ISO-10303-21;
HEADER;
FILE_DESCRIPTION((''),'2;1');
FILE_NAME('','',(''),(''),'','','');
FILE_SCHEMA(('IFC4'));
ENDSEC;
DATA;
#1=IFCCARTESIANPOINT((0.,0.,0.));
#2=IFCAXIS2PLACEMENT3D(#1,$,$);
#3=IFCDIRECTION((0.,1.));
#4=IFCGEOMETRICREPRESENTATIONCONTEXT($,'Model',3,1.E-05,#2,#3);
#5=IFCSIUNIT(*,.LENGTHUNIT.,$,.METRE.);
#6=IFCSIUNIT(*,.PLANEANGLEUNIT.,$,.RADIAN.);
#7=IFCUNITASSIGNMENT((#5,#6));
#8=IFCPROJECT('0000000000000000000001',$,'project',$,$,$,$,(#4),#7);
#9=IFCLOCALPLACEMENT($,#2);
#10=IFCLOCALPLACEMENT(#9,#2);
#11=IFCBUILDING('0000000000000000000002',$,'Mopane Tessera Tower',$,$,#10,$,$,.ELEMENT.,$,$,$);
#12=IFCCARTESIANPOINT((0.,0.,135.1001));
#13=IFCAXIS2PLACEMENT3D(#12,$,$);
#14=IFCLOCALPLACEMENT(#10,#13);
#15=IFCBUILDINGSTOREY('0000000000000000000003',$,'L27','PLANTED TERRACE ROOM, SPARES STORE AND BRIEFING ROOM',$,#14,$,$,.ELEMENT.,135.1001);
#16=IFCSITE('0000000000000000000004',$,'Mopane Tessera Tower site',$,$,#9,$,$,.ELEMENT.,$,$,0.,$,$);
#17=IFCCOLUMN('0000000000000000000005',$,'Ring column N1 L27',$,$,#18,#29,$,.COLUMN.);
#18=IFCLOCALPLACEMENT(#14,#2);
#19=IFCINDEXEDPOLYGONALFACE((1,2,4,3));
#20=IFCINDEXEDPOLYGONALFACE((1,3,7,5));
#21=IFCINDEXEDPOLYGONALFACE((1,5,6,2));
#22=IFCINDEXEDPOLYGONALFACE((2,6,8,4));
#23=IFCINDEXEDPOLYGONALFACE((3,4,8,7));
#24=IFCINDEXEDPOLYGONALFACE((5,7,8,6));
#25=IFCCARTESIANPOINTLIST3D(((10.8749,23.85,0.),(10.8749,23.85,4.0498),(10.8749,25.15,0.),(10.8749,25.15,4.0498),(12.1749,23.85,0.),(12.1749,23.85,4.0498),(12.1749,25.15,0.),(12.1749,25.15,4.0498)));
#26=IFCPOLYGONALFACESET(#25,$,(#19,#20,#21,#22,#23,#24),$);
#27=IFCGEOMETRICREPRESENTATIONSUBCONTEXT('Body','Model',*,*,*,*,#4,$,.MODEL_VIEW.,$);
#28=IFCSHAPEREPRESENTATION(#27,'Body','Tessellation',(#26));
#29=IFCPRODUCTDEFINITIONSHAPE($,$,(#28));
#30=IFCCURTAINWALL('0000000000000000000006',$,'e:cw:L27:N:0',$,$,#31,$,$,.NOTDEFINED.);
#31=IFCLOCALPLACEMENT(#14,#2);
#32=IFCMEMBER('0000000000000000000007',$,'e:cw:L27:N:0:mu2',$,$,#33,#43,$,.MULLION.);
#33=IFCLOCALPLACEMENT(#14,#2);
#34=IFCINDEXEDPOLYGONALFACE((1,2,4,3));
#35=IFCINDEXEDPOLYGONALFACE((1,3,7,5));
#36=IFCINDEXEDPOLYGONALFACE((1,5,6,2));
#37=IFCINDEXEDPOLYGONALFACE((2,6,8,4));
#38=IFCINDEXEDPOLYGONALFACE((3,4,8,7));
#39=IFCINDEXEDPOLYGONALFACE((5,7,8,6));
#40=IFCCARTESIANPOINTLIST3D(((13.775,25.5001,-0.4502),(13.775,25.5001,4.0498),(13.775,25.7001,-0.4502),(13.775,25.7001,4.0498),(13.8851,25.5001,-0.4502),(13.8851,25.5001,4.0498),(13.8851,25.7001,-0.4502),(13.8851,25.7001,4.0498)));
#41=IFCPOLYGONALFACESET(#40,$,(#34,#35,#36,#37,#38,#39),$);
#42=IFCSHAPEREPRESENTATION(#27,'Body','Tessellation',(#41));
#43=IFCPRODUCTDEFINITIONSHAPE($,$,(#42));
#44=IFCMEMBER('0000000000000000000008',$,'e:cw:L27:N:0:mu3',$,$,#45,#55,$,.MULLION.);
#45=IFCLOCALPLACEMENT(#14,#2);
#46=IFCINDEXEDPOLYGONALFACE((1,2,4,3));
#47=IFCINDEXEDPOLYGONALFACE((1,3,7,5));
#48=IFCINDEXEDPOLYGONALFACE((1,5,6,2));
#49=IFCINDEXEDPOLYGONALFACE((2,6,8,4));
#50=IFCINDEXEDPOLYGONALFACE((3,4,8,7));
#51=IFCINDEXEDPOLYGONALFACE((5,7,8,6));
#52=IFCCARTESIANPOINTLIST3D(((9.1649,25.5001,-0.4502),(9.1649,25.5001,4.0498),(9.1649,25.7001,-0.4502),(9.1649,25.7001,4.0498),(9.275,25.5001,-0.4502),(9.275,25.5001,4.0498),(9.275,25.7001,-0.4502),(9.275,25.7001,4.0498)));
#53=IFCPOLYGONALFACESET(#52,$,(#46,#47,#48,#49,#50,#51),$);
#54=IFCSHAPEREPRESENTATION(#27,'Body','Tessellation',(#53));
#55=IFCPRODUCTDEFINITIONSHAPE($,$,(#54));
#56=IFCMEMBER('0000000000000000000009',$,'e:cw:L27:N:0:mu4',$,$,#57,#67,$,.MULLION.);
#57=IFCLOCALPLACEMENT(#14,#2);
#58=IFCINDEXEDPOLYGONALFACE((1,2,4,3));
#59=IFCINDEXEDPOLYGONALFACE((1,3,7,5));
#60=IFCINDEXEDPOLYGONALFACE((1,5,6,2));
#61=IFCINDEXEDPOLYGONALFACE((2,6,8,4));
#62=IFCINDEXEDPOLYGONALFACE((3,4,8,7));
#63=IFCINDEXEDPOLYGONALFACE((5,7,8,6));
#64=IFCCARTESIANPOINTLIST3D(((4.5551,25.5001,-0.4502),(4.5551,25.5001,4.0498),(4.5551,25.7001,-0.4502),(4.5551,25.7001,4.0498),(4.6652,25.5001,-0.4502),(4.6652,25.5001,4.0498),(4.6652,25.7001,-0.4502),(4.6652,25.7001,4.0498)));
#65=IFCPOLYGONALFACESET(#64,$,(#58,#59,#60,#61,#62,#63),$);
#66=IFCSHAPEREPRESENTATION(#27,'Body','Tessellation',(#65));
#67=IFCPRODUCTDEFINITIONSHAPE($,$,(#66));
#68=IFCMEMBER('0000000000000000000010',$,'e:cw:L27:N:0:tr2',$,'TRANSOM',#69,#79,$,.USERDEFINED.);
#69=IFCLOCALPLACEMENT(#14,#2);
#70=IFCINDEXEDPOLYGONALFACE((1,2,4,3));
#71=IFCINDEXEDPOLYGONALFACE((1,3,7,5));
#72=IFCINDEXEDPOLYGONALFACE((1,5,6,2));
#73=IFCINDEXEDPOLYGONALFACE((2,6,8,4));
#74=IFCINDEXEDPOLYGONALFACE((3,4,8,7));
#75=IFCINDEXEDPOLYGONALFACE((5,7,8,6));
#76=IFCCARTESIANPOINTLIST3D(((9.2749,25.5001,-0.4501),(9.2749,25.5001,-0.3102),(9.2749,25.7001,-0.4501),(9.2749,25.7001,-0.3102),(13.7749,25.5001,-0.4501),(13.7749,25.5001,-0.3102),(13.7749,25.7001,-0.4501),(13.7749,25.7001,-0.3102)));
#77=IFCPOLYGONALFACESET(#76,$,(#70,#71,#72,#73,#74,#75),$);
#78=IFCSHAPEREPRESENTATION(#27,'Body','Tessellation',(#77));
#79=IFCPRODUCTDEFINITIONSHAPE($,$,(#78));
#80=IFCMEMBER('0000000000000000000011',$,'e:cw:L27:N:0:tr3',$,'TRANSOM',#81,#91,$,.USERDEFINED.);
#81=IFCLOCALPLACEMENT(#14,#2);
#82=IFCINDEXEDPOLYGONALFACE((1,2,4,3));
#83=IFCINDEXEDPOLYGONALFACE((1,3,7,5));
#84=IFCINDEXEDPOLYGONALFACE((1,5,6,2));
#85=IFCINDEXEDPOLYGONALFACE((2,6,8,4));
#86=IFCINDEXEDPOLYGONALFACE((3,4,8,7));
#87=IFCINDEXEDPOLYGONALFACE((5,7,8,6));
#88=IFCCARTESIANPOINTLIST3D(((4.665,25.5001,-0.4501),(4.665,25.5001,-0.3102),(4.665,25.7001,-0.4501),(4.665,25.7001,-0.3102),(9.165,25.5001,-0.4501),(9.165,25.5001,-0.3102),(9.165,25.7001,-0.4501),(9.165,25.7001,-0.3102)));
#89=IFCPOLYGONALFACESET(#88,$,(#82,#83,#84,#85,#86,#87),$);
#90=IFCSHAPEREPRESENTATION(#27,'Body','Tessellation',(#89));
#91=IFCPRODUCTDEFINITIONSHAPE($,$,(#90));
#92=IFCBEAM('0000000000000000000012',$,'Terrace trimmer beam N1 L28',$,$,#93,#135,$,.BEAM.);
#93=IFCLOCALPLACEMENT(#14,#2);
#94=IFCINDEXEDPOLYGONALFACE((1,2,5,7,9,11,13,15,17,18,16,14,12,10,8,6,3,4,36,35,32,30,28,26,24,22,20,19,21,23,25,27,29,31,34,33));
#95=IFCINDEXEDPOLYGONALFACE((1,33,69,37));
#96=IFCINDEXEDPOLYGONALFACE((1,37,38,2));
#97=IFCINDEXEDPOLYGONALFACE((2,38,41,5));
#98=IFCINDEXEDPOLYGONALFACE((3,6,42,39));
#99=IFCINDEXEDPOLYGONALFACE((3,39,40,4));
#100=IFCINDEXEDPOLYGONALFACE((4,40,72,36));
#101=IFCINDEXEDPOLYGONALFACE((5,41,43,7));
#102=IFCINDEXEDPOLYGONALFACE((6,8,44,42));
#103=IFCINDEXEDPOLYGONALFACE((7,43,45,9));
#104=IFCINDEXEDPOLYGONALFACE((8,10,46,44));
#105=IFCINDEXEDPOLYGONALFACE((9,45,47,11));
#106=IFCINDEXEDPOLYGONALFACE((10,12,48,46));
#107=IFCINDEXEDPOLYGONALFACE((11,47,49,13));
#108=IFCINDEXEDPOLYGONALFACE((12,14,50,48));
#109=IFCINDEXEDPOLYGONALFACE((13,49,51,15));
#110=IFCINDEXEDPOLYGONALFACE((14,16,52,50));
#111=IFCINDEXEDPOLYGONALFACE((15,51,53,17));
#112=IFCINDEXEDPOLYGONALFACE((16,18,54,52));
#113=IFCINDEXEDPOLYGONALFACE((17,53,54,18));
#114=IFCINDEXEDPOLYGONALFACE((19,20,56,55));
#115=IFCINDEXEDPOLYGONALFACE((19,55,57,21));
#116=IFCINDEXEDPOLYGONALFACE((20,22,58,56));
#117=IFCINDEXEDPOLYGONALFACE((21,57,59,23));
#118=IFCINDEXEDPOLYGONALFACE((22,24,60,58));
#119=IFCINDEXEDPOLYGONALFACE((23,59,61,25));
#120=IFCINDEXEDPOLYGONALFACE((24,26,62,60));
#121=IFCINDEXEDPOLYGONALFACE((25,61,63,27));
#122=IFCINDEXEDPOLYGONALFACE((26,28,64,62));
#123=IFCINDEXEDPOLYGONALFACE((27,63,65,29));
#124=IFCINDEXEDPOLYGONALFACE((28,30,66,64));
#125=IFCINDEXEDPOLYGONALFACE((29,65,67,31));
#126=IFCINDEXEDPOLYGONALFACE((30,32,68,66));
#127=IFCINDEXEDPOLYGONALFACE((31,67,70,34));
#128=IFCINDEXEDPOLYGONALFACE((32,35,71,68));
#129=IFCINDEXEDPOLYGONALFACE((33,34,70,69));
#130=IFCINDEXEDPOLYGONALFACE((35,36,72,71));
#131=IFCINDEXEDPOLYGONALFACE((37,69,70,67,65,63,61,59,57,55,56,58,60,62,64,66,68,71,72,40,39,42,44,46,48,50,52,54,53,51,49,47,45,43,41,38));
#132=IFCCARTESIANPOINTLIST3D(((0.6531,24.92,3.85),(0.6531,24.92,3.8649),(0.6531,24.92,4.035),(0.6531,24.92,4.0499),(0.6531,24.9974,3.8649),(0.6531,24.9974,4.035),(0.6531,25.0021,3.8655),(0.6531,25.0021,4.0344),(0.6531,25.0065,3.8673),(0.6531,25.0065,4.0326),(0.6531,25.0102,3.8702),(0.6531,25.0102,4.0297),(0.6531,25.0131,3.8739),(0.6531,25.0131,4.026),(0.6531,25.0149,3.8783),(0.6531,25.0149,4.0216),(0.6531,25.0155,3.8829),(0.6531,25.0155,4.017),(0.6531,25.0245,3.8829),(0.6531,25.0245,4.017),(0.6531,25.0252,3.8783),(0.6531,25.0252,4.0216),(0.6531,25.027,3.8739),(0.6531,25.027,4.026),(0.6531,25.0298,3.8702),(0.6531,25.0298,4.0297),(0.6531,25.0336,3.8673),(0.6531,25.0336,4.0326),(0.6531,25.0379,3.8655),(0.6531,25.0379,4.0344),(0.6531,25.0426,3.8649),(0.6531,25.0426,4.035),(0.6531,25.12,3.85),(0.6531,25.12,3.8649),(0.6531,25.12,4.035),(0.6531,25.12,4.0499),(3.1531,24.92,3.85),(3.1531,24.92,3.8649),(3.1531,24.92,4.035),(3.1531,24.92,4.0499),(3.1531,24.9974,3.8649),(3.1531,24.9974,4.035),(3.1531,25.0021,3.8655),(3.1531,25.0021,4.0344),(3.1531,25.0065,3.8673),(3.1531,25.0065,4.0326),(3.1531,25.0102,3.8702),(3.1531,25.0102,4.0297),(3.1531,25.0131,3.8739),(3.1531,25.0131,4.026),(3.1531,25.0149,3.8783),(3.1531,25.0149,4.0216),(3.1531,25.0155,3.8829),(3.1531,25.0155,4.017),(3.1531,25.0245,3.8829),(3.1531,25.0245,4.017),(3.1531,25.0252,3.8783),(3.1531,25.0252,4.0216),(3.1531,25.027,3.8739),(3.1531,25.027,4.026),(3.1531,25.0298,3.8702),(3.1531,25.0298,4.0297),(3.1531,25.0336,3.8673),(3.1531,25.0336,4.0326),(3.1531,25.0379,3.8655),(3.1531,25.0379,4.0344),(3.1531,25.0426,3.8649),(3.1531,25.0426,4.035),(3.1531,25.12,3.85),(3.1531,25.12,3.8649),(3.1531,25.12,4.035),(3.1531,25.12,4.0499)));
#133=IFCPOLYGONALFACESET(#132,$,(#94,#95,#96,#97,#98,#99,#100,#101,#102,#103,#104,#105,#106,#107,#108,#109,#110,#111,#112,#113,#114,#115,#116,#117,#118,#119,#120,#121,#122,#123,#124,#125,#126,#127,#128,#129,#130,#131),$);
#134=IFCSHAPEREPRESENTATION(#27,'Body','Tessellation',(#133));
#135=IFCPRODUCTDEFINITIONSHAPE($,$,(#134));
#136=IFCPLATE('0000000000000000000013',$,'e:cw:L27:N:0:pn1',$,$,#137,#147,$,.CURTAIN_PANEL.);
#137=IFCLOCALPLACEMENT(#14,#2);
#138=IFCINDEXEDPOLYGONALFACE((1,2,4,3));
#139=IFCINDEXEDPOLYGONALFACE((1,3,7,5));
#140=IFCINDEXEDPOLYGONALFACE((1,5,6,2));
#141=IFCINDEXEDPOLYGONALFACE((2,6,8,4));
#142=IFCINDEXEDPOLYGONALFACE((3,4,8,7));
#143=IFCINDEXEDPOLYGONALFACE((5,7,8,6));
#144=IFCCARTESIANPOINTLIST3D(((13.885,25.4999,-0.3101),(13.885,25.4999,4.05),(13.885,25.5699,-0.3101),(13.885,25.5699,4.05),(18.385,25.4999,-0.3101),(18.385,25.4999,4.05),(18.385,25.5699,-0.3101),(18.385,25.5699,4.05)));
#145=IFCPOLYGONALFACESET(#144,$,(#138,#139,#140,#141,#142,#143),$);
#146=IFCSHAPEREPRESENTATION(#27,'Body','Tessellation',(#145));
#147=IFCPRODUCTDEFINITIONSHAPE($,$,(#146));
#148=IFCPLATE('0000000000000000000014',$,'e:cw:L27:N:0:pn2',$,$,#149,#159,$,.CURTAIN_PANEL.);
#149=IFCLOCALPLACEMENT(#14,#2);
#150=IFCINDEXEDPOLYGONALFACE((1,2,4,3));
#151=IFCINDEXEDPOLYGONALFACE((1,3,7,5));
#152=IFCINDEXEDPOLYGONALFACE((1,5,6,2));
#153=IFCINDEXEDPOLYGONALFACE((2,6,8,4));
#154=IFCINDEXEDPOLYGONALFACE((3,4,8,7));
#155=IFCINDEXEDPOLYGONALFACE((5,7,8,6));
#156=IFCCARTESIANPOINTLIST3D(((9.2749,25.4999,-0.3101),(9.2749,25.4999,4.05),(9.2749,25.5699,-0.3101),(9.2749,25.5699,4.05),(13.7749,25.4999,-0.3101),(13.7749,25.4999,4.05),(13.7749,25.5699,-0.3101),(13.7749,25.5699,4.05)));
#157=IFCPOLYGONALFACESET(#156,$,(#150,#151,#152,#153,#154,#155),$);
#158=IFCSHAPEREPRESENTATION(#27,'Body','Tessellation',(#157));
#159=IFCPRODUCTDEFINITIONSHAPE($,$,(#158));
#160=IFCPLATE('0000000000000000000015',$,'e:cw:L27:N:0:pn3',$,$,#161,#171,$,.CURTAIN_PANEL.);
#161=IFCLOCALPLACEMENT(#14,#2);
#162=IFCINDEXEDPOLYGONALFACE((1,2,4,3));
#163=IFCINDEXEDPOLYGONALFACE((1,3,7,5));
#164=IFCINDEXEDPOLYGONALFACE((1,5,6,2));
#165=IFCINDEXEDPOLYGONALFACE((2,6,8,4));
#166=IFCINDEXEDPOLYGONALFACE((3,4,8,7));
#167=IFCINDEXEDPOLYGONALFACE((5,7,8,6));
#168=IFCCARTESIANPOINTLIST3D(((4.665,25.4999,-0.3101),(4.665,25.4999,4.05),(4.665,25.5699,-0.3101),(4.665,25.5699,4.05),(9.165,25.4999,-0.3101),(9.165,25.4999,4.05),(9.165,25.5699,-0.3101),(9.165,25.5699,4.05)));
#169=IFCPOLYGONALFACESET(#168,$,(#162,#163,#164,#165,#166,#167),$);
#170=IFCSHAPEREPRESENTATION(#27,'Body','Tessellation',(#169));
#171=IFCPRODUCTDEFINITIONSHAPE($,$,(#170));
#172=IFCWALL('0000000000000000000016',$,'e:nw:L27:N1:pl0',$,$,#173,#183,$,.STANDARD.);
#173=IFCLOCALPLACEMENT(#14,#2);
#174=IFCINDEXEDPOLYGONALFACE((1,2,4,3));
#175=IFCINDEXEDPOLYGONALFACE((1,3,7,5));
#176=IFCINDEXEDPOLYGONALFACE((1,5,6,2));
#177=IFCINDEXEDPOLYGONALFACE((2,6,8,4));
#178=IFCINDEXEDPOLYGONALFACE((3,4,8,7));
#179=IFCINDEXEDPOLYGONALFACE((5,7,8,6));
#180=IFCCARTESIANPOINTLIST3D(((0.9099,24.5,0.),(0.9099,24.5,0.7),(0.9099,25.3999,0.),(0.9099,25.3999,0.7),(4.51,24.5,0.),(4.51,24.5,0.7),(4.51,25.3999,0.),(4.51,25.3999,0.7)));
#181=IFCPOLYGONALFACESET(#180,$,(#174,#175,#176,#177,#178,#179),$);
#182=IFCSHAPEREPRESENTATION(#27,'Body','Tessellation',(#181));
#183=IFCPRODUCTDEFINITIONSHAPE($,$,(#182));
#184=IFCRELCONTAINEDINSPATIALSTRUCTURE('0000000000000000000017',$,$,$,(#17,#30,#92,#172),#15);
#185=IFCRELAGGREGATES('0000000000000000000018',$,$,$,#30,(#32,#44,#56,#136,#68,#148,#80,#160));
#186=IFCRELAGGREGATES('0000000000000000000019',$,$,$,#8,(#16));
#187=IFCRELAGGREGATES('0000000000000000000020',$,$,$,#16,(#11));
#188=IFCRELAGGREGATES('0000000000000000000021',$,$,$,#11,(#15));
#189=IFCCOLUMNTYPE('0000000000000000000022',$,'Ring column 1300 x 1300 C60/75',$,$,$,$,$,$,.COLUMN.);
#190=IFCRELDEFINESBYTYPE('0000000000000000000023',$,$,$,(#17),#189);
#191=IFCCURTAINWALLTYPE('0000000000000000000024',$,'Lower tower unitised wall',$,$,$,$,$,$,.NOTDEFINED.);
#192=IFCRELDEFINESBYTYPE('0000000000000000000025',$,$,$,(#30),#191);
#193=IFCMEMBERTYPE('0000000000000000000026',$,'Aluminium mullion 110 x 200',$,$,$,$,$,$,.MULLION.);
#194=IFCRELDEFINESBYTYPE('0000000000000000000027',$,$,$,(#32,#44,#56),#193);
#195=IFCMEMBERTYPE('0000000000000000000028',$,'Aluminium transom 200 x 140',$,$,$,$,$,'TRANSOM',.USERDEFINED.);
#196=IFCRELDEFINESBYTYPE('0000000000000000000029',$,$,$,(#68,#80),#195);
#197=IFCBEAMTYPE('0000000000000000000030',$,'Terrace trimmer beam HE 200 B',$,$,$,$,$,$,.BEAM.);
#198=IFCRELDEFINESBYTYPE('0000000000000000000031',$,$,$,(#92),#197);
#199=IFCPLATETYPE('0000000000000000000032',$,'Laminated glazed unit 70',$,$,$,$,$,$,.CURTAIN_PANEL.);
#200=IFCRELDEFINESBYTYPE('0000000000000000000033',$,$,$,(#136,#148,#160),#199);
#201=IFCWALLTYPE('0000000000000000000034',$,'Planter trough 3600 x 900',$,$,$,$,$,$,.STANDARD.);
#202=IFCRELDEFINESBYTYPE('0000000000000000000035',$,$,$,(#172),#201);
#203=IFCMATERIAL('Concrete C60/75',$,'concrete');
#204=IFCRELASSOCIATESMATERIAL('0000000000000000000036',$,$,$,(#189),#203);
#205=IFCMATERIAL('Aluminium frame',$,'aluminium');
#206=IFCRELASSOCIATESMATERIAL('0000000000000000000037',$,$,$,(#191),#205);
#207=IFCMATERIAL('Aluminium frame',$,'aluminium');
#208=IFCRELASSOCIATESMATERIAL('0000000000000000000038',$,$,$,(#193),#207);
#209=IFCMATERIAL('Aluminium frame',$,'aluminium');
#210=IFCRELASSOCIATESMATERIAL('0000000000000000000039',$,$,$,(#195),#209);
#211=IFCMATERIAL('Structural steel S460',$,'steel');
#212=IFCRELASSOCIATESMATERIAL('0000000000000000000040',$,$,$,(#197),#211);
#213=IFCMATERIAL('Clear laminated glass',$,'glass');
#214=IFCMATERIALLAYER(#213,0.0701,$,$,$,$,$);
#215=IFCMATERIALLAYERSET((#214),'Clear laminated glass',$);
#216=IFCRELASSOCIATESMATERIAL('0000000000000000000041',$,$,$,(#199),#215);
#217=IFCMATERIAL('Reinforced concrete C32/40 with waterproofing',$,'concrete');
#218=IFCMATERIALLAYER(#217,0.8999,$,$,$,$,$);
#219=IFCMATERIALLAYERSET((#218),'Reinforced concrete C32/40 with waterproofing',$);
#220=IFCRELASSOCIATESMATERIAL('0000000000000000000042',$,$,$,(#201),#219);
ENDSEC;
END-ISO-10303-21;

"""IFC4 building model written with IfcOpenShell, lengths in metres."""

from ifc_helpers import new_model, si_unit, direction, frame, frame_2d, origin, origin_2d, place, context, subcontext, project, spatial, rectangle, i_section, extrude, material, layer, layer_set, material_profile, profile_set, type_object, element, aggregate, save


model = new_model("IFC4")

# Units and contexts
model_context = context("Model", 3, precision=1e-05, world=origin(), true_north=direction((0.0, 1.0)))
body_context = subcontext(model_context, "Body", "Model", "MODEL_VIEW")
ifc_project = project(units=[si_unit("LENGTHUNIT", "METRE"), si_unit("PLANEANGLEUNIT", "RADIAN")], contexts=[model_context])

# Site, building, storey
site_placement = place(None, origin())
site = spatial("IfcSite", under=ifc_project, at=site_placement, Name="Mopane Tessera Tower site", CompositionType="ELEMENT", RefElevation=0.0)
building_placement = place(site_placement, origin())
building = spatial("IfcBuilding", under=site, at=building_placement, Name="Mopane Tessera Tower", CompositionType="ELEMENT")
storey_placement = place(building_placement, frame((0.0, 0.0, 135.1001)))
storey = spatial("IfcBuildingStorey", under=building, at=storey_placement, Name="L27", Description="PLANTED TERRACE ROOM, SPARES STORE AND BRIEFING ROOM", CompositionType="ELEMENT", Elevation=135.1001)

# Column
ifc_material_1 = material(Name="Concrete C60/75", Category="concrete")
ifc_material_profile_1 = material_profile(ifc_material_1, rectangle(XDim=1.3, YDim=1.3, at=origin_2d()))
ifc_profile_set_1 = profile_set([ifc_material_profile_1], Name="Concrete C60/75")
column_type = type_object("IfcColumnType", Name="Ring column 1300 x 1300 C60/75", PredefinedType="COLUMN", material=ifc_profile_set_1)
column_placement = place(storey_placement, frame((11.5249, 24.5, 0.0), z_axis=(0.0, 0.0, 1.0), x_axis=(1.0, 0.0, 0.0)))
element("IfcColumn", 1, at=column_placement, inside=storey, type_object=column_type, Name="Ring column N1 L27", PredefinedType="COLUMN", context=body_context, shape_type="SweptSolid", body=[
    extrude(rectangle(XDim=1.3, YDim=1.3, at=origin_2d()), origin(), (0.0, 0.0, 1.0), 4.0498),
])

# Curtain wall, members
ifc_material_2 = material(Name="Aluminium frame", Category="aluminium")
curtain_wall_type = type_object("IfcCurtainWallType", Name="Lower tower unitised wall", PredefinedType="NOTDEFINED", material=ifc_material_2)
curtain_wall_placement = place(storey_placement, origin())
curtain_wall = element("IfcCurtainWall", 2, at=curtain_wall_placement, inside=storey, type_object=curtain_wall_type, Name="e:cw:L27:N:0", PredefinedType="NOTDEFINED")
ifc_material_3 = material(Name="Aluminium frame", Category="aluminium")
ifc_material_profile_2 = material_profile(ifc_material_3, rectangle(XDim=0.1101, YDim=0.2, at=origin_2d()))
ifc_profile_set_2 = profile_set([ifc_material_profile_2], Name="Aluminium frame")
member_type_1 = type_object("IfcMemberType", Name="Aluminium mullion 110 x 200", PredefinedType="MULLION", material=ifc_profile_set_2)
member_1_placement = place(storey_placement, frame((13.8301, 25.6001, -0.4502), z_axis=(0.0, 0.0, 1.0), x_axis=(-1.0, 0.0, 0.0)))
member_1 = element("IfcMember", 3, at=member_1_placement, type_object=member_type_1, Name="e:cw:L27:N:0:mu2", PredefinedType="MULLION", context=body_context, shape_type="SweptSolid", body=[
    extrude(rectangle(XDim=0.1101, YDim=0.2, at=origin_2d()), origin(), (0.0, 0.0, 1.0), 4.5),
])
member_2_placement = place(storey_placement, frame((9.22, 25.6001, -0.4502), z_axis=(0.0, 0.0, 1.0), x_axis=(-1.0, 0.0, 0.0)))
member_2 = element("IfcMember", 4, at=member_2_placement, type_object=member_type_1, Name="e:cw:L27:N:0:mu3", PredefinedType="MULLION", context=body_context, shape_type="SweptSolid", body=[
    extrude(rectangle(XDim=0.1101, YDim=0.2, at=origin_2d()), origin(), (0.0, 0.0, 1.0), 4.5),
])
member_3_placement = place(storey_placement, frame((4.6101, 25.6001, -0.4502), z_axis=(0.0, 0.0, 1.0), x_axis=(-1.0, 0.0, 0.0)))
member_3 = element("IfcMember", 5, at=member_3_placement, type_object=member_type_1, Name="e:cw:L27:N:0:mu4", PredefinedType="MULLION", context=body_context, shape_type="SweptSolid", body=[
    extrude(rectangle(XDim=0.1101, YDim=0.2, at=origin_2d()), origin(), (0.0, 0.0, 1.0), 4.5),
])
ifc_material_4 = material(Name="Aluminium frame", Category="aluminium")
ifc_material_profile_3 = material_profile(ifc_material_4, rectangle(XDim=0.2, YDim=0.1399, at=origin_2d()))
ifc_profile_set_3 = profile_set([ifc_material_profile_3], Name="Aluminium frame")
member_type_2 = type_object("IfcMemberType", Name="Aluminium transom 200 x 140", ElementType="TRANSOM", PredefinedType="USERDEFINED", material=ifc_profile_set_3)
member_4_placement = place(storey_placement, frame((13.7749, 25.6001, -0.3801), z_axis=(-1.0, 0.0, 0.0), x_axis=(0.0, -1.0, 0.0)))
member_4 = element("IfcMember", 6, at=member_4_placement, type_object=member_type_2, Name="e:cw:L27:N:0:tr2", ObjectType="TRANSOM", PredefinedType="USERDEFINED", context=body_context, shape_type="SweptSolid", body=[
    extrude(rectangle(XDim=0.2, YDim=0.1399, at=origin_2d()), origin(), (0.0, 0.0, 1.0), 4.5),
])
member_5_placement = place(storey_placement, frame((9.165, 25.6001, -0.3801), z_axis=(-1.0, 0.0, 0.0), x_axis=(0.0, -1.0, 0.0)))
member_5 = element("IfcMember", 7, at=member_5_placement, type_object=member_type_2, Name="e:cw:L27:N:0:tr3", ObjectType="TRANSOM", PredefinedType="USERDEFINED", context=body_context, shape_type="SweptSolid", body=[
    extrude(rectangle(XDim=0.2, YDim=0.1399, at=origin_2d()), origin(), (0.0, 0.0, 1.0), 4.5),
])

# Beam
ifc_material_5 = material(Name="Structural steel S460", Category="steel")
ifc_material_profile_4 = material_profile(ifc_material_5, i_section(OverallWidth=0.2, OverallDepth=0.2, WebThickness=0.009, FlangeThickness=0.0149, FilletRadius=0.0181, at=origin_2d()))
ifc_profile_set_4 = profile_set([ifc_material_profile_4], Name="Structural steel S460")
beam_type = type_object("IfcBeamType", Name="Terrace trimmer beam HE 200 B", PredefinedType="BEAM", material=ifc_profile_set_4)
beam_placement = place(storey_placement, frame((0.6531, 25.02, 3.95), z_axis=(1.0, 0.0, 0.0), x_axis=(0.0, 1.0, 0.0)))
element("IfcBeam", 8, at=beam_placement, inside=storey, type_object=beam_type, Name="Terrace trimmer beam N1 L28", PredefinedType="BEAM", context=body_context, shape_type="SweptSolid", body=[
    extrude(i_section(OverallWidth=0.2, OverallDepth=0.2, WebThickness=0.009, FlangeThickness=0.0149, FilletRadius=0.0181, at=origin_2d()), origin(), (0.0, 0.0, 1.0), 2.5),
])

# Plates
ifc_material_6 = material(Name="Clear laminated glass", Category="glass")
ifc_layer_1 = layer(ifc_material_6, 0.0701)
ifc_layer_set_1 = layer_set([ifc_layer_1], Name="Clear laminated glass")
plate_type = type_object("IfcPlateType", Name="Laminated glazed unit 70", PredefinedType="CURTAIN_PANEL", material=ifc_layer_set_1)
plate_1_placement = place(storey_placement, frame((16.135, 25.5349, -0.3101), z_axis=(0.0, 0.0, 1.0), x_axis=(-1.0, 0.0, 0.0)))
plate_1 = element("IfcPlate", 9, at=plate_1_placement, type_object=plate_type, Name="e:cw:L27:N:0:pn1", PredefinedType="CURTAIN_PANEL", context=body_context, shape_type="SweptSolid", body=[
    extrude(rectangle(XDim=4.5, YDim=0.0701, at=origin_2d()), origin(), (0.0, 0.0, 1.0), 4.3601),
])
plate_2_placement = place(storey_placement, frame((11.5249, 25.5349, -0.3101), z_axis=(0.0, 0.0, 1.0), x_axis=(-1.0, 0.0, 0.0)))
plate_2 = element("IfcPlate", 10, at=plate_2_placement, type_object=plate_type, Name="e:cw:L27:N:0:pn2", PredefinedType="CURTAIN_PANEL", context=body_context, shape_type="SweptSolid", body=[
    extrude(rectangle(XDim=4.5, YDim=0.0701, at=origin_2d()), origin(), (0.0, 0.0, 1.0), 4.3601),
])
plate_3_placement = place(storey_placement, frame((6.915, 25.5349, -0.3101), z_axis=(0.0, 0.0, 1.0), x_axis=(-1.0, 0.0, 0.0)))
plate_3 = element("IfcPlate", 11, at=plate_3_placement, type_object=plate_type, Name="e:cw:L27:N:0:pn3", PredefinedType="CURTAIN_PANEL", context=body_context, shape_type="SweptSolid", body=[
    extrude(rectangle(XDim=4.5, YDim=0.0701, at=origin_2d()), origin(), (0.0, 0.0, 1.0), 4.3601),
])
aggregate(curtain_wall, [member_1, member_2, member_3, plate_1, member_4, plate_2, member_5, plate_3])

# Wall
ifc_material_7 = material(Name="Reinforced concrete C32/40 with waterproofing", Category="concrete")
ifc_layer_2 = layer(ifc_material_7, 0.8999)
ifc_layer_set_2 = layer_set([ifc_layer_2], Name="Reinforced concrete C32/40 with waterproofing")
wall_type_1 = type_object("IfcWallType", Name="Planter trough 3600 x 900", PredefinedType="STANDARD", material=ifc_layer_set_2)
wall_1_placement = place(storey_placement, frame((4.51, 24.95, 0.0), z_axis=(0.0, 0.0, 1.0), x_axis=(-1.0, 0.0, 0.0)))
element("IfcWall", 12, at=wall_1_placement, inside=storey, type_object=wall_type_1, Name="e:nw:L27:N1:pl0", PredefinedType="STANDARD", context=body_context, shape_type="SweptSolid", body=[
    extrude(rectangle(XDim=3.6001, YDim=0.8999, at=frame_2d((1.8, 0.0))), origin(), (0.0, 0.0, 1.0), 0.7),
])

save(model, "model.ifc")
